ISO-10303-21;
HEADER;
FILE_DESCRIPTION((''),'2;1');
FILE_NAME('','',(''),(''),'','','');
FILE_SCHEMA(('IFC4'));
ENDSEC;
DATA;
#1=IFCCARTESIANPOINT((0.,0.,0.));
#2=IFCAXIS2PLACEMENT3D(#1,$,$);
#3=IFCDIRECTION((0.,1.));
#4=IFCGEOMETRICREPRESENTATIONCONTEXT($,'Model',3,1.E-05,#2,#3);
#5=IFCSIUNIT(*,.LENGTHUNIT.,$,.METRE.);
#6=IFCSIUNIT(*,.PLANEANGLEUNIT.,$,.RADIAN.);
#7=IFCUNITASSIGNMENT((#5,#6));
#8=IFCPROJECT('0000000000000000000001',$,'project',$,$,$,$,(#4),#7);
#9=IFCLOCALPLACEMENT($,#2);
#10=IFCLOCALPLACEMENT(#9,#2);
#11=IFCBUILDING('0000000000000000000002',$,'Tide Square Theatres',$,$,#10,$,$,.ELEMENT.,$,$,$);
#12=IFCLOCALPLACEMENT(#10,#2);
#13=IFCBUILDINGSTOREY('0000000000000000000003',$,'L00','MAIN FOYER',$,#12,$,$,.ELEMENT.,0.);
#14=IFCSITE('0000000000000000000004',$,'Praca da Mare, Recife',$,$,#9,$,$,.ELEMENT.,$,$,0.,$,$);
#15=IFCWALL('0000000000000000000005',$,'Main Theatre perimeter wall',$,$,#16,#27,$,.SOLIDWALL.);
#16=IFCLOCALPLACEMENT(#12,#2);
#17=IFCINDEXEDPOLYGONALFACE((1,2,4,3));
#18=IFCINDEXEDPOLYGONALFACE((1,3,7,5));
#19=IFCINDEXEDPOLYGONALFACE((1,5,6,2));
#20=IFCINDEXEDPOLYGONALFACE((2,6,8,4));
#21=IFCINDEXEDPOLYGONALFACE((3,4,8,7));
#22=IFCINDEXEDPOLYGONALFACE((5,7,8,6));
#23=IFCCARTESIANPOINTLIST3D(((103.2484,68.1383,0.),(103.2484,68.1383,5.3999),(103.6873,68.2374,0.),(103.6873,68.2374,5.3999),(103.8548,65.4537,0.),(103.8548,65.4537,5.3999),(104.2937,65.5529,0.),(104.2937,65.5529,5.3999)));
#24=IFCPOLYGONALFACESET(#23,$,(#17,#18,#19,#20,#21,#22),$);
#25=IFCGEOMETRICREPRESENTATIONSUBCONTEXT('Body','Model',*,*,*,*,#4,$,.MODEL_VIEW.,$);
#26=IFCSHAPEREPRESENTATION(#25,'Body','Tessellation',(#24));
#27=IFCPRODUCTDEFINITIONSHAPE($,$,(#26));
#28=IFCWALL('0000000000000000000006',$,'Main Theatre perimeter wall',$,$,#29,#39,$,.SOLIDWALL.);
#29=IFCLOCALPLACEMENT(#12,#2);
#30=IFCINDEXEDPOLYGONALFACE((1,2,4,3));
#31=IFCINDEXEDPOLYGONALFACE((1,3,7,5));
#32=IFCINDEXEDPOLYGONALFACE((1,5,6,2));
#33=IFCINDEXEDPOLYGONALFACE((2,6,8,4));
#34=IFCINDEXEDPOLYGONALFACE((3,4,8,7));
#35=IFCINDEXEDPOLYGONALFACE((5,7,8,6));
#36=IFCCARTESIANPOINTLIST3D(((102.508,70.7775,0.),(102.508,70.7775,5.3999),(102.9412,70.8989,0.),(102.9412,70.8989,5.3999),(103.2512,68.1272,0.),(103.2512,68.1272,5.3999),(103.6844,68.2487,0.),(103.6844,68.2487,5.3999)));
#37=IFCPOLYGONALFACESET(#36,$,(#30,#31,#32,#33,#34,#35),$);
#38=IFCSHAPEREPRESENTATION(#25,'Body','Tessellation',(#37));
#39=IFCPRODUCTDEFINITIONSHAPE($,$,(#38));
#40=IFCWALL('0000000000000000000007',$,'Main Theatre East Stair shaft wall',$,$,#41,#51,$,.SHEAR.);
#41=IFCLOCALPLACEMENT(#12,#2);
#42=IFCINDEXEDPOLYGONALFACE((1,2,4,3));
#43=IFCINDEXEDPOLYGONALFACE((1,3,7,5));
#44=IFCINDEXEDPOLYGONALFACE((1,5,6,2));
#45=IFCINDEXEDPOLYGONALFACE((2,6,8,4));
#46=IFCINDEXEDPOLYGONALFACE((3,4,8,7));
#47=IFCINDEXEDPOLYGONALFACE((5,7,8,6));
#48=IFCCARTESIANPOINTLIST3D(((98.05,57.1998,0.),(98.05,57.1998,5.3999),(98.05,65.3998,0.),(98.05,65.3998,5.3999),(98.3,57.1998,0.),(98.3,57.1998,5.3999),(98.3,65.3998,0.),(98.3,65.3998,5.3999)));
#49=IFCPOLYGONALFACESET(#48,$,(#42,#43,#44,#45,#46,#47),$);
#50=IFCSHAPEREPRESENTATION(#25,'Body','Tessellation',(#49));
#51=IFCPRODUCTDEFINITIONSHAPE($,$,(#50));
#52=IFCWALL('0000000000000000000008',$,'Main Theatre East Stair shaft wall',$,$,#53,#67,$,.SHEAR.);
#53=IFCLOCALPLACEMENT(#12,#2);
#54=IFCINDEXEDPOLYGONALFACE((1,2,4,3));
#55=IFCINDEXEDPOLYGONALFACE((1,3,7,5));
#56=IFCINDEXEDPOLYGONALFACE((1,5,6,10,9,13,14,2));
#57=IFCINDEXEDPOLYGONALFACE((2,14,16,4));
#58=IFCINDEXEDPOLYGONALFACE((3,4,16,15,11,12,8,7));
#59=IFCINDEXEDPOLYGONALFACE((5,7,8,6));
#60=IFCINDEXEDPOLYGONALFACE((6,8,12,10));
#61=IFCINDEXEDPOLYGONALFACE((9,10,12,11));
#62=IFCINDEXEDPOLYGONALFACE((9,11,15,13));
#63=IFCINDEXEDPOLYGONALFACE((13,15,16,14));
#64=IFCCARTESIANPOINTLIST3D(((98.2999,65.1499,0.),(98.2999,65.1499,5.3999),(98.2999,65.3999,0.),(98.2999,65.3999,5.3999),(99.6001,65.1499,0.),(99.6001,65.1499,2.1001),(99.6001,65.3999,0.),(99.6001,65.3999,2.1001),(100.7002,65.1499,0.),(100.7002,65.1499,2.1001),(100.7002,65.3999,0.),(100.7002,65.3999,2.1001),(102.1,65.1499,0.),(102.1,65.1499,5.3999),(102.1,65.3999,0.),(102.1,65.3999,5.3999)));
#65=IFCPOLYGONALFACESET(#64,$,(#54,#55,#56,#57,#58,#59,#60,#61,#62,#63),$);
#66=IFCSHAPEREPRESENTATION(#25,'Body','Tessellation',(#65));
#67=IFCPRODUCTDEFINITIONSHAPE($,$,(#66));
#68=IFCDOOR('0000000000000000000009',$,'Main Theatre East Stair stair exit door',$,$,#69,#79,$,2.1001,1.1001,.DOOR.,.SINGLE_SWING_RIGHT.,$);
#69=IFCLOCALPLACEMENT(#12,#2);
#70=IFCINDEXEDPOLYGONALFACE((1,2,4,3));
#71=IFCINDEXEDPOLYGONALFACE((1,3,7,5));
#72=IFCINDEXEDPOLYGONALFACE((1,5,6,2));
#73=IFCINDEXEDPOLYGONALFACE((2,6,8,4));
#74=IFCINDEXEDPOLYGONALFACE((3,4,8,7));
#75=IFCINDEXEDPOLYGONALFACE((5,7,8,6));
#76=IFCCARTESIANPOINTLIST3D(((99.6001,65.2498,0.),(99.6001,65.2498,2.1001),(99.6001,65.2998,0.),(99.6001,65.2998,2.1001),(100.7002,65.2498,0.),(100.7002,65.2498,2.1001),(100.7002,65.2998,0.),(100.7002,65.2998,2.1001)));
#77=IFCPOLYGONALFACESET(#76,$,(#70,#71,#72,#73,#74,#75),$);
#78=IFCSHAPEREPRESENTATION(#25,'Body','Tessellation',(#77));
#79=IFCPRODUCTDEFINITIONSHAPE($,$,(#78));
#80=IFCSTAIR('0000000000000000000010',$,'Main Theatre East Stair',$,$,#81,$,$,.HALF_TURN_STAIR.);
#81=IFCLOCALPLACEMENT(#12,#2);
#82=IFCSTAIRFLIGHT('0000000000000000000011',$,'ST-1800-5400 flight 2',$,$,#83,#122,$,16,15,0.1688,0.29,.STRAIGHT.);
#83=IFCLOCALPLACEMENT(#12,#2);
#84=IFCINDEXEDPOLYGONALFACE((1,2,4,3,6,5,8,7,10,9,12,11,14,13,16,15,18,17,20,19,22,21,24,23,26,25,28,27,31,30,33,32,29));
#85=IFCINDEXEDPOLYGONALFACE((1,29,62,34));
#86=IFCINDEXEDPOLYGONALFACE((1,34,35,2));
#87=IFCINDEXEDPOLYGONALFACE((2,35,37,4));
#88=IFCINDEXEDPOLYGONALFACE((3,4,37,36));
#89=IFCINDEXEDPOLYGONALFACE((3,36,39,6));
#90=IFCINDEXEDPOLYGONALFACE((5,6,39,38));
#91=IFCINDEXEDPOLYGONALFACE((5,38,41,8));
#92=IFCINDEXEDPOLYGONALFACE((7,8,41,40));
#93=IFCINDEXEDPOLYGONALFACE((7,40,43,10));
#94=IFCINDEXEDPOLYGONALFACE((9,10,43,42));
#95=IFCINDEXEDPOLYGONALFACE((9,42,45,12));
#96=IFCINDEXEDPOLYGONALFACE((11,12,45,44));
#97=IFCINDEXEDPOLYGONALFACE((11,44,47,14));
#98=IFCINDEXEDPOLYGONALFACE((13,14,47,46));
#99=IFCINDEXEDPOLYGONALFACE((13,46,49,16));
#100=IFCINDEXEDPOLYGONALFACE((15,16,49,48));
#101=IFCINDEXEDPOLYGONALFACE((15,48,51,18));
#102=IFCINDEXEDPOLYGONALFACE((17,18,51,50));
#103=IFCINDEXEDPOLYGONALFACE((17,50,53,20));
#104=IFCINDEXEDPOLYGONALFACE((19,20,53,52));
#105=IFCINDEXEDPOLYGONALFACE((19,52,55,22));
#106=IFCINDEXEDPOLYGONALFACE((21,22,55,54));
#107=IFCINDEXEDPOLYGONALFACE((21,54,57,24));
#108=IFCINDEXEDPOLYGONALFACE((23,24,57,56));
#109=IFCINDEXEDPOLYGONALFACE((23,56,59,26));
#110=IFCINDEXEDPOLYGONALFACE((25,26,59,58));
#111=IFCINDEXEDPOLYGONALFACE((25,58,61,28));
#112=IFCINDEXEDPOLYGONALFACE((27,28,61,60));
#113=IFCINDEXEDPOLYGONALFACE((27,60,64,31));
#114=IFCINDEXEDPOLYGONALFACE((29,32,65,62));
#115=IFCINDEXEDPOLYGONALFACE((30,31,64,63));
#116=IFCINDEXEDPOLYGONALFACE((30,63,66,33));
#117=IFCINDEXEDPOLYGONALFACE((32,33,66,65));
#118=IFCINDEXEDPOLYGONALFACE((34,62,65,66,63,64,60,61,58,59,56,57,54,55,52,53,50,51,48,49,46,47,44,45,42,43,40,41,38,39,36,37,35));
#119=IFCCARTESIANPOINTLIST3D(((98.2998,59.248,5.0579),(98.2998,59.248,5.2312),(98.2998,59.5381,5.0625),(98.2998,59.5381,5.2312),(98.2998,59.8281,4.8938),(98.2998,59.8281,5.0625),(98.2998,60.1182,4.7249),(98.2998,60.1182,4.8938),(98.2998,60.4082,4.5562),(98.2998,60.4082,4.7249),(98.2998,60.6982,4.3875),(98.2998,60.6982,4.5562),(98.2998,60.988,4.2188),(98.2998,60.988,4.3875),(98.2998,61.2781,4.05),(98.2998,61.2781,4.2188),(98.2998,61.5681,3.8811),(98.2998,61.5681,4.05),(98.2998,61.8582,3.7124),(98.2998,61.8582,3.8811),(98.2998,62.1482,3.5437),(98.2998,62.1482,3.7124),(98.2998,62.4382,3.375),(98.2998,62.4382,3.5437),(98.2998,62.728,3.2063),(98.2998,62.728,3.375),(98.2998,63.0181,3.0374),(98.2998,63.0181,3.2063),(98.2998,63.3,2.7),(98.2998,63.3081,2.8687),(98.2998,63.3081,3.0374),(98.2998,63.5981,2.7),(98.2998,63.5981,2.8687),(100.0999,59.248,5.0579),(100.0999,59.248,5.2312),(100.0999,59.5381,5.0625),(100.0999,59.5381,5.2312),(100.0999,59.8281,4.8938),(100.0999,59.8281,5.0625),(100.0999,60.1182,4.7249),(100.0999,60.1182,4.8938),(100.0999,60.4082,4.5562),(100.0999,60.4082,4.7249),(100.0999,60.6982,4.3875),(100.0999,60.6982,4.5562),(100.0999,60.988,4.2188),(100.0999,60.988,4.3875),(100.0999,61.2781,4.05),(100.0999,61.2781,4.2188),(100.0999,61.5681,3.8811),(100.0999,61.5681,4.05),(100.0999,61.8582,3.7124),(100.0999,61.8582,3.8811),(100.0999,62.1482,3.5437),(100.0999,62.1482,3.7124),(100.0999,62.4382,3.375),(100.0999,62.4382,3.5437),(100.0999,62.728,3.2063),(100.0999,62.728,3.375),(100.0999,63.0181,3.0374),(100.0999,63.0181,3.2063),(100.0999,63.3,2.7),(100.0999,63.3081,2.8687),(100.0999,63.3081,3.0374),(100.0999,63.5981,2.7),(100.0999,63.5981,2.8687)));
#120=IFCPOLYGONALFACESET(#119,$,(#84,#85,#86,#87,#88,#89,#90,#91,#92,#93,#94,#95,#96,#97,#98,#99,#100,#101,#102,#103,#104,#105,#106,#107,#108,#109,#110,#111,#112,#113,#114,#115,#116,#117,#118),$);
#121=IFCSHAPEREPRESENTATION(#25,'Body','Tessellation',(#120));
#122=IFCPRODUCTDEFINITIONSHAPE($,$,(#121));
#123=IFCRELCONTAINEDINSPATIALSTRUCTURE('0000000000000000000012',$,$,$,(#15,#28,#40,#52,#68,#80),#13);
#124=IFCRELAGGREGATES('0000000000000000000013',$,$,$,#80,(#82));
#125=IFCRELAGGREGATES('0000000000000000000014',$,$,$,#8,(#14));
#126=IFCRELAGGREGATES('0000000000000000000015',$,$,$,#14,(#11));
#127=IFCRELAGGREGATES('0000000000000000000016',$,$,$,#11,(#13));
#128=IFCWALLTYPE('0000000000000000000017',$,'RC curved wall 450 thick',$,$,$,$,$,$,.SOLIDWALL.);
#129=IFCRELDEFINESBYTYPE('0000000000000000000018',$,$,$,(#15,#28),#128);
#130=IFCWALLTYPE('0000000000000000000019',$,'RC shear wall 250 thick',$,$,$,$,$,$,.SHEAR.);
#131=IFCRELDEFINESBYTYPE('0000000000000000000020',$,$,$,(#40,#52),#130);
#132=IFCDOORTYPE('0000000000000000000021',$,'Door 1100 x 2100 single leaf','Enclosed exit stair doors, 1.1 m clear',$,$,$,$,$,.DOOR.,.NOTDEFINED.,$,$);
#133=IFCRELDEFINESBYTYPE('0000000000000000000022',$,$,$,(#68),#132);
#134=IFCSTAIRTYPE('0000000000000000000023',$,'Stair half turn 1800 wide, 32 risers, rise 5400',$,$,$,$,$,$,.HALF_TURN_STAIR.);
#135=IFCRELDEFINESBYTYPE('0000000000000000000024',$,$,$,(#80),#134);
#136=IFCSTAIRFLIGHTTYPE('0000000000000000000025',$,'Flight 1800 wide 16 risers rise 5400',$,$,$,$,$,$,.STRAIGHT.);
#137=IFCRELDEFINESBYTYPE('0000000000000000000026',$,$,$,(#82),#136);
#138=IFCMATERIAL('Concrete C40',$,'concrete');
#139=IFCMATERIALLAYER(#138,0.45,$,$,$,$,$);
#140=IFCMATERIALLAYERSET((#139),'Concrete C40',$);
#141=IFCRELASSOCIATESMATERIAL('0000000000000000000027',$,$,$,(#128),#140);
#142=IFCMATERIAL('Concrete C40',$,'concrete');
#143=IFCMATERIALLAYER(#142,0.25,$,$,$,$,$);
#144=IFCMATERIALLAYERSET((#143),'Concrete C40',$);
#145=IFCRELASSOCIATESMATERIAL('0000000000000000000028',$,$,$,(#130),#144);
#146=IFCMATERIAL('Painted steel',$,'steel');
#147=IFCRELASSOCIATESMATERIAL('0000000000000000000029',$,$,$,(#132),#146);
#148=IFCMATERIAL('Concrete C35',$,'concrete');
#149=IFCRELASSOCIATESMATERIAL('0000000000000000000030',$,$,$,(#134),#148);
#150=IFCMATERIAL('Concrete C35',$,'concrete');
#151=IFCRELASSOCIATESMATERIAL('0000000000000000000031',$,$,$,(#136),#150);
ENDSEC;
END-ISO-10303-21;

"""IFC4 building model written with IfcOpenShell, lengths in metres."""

from ifc_helpers import new_model, si_unit, direction, frame, frame_2d, origin, place, context, subcontext, project, spatial, polyline, rectangle, outline, extrude, material, layer, layer_set, type_object, element, fill, aggregate, save


model = new_model("IFC4")

# Units and contexts
model_context = context("Model", 3, precision=1e-05, world=origin(), true_north=direction((0.0, 1.0)))
body_context = subcontext(model_context, "Body", "Model", "MODEL_VIEW")
ifc_project = project(units=[si_unit("LENGTHUNIT", "METRE"), si_unit("PLANEANGLEUNIT", "RADIAN")], contexts=[model_context])

# Site, building, storey
site_placement = place(None, origin())
site = spatial("IfcSite", under=ifc_project, at=site_placement, Name="Praca da Mare, Recife", CompositionType="ELEMENT", RefElevation=0.0)
building_placement = place(site_placement, origin())
building = spatial("IfcBuilding", under=site, at=building_placement, Name="Tide Square Theatres", CompositionType="ELEMENT")
storey_placement = place(building_placement, origin())
storey = spatial("IfcBuildingStorey", under=building, at=storey_placement, Name="L00", Description="MAIN FOYER", CompositionType="ELEMENT", Elevation=0.0)

# Walls
ifc_material_1 = material(Name="Concrete C40", Category="concrete")
ifc_layer_1 = layer(ifc_material_1, 0.45)
ifc_layer_set_1 = layer_set([ifc_layer_1], Name="Concrete C40")
wall_type_1 = type_object("IfcWallType", Name="RC curved wall 450 thick", PredefinedType="SOLIDWALL", material=ifc_layer_set_1)
wall_1_placement = place(storey_placement, frame((104.0742, 65.5034, 0.0), z_axis=(0.0, 0.0, 1.0), x_axis=(-0.220348, 0.975421, 0.0)))
element("IfcWall", 1, at=wall_1_placement, inside=storey, type_object=wall_type_1, Name="Main Theatre perimeter wall", PredefinedType="SOLIDWALL", context=body_context, shape_type="SweptSolid", body=[
    extrude(rectangle(XDim=2.7522, YDim=0.45, at=frame_2d((1.376, 0.0))), origin(), (0.0, 0.0, 1.0), 5.3999),
])
wall_2_placement = place(storey_placement, frame((103.4678, 68.188, 0.0), z_axis=(0.0, 0.0, 1.0), x_axis=(-0.270008, 0.962858, 0.0)))
element("IfcWall", 2, at=wall_2_placement, inside=storey, type_object=wall_type_1, Name="Main Theatre perimeter wall", PredefinedType="SOLIDWALL", context=body_context, shape_type="SweptSolid", body=[
    extrude(rectangle(XDim=2.7524, YDim=0.45, at=frame_2d((1.3762, 0.0))), origin(), (0.0, 0.0, 1.0), 5.3999),
])
ifc_material_2 = material(Name="Concrete C40", Category="concrete")
ifc_layer_2 = layer(ifc_material_2, 0.25)
ifc_layer_set_2 = layer_set([ifc_layer_2], Name="Concrete C40")
wall_type_2 = type_object("IfcWallType", Name="RC shear wall 250 thick", PredefinedType="SHEAR", material=ifc_layer_set_2)
wall_3_placement = place(storey_placement, frame((98.175, 65.3999, 0.0), z_axis=(0.0, 0.0, 1.0), x_axis=(0.0, -1.0, 0.0)))
element("IfcWall", 3, at=wall_3_placement, inside=storey, type_object=wall_type_2, Name="Main Theatre East Stair shaft wall", PredefinedType="SHEAR", context=body_context, shape_type="SweptSolid", body=[
    extrude(rectangle(XDim=8.2, YDim=0.25, at=frame_2d((4.1001, 0.0))), origin(), (0.0, 0.0, 1.0), 5.3999),
])

# Wall, opening, door
wall_4_placement = place(storey_placement, frame((98.3, 65.2749, 0.0), z_axis=(0.0, 0.0, 1.0), x_axis=(1.0, 0.0, 0.0)))
wall_4 = element("IfcWall", 4, at=wall_4_placement, inside=storey, type_object=wall_type_2, Name="Main Theatre East Stair shaft wall", PredefinedType="SHEAR", context=body_context, shape_type="SweptSolid", body=[
    extrude(rectangle(XDim=3.8, YDim=0.25, at=frame_2d((1.8999, 0.0))), origin(), (0.0, 0.0, 1.0), 5.3999),
])
opening_1_placement = place(wall_4_placement, frame((1.3, 0.0, 0.0)))
opening_1 = element("IfcOpeningElement", 5, at=opening_1_placement, cuts=wall_4, PredefinedType="OPENING", context=body_context, shape_type="SweptSolid", body=[
    extrude(rectangle(XDim=1.1001, YDim=2.1001, at=frame_2d((0.55, 1.05))), frame((0.0, 0.135, 0.0), z_axis=(0.0, -1.0, 0.0), x_axis=(1.0, 0.0, 0.0)), (0.0, 0.0, 1.0), 0.27),
])
ifc_material_3 = material(Name="Painted steel", Category="steel")
door_type_1 = type_object("IfcDoorType", Name="Door 1100 x 2100 single leaf", Description="Enclosed exit stair doors, 1.1 m clear", OperationType="NOTDEFINED", PredefinedType="DOOR", material=ifc_material_3)
door_1_placement = place(opening_1_placement, origin())
door_1 = element("IfcDoor", 6, at=door_1_placement, inside=storey, type_object=door_type_1, Name="Main Theatre East Stair stair exit door", OperationType="SINGLE_SWING_RIGHT", OverallHeight=2.1001, OverallWidth=1.1001, PredefinedType="DOOR", context=body_context, shape_type="SweptSolid", body=[
    extrude(rectangle(XDim=1.1001, YDim=2.1001, at=frame_2d((0.55, 1.05))), frame((0.0, 0.0249, 0.0), z_axis=(0.0, -1.0, 0.0), x_axis=(1.0, 0.0, 0.0)), (0.0, 0.0, 1.0), 0.05),
])
fill(opening_1, door_1)

# Stair, stair flight
ifc_material_4 = material(Name="Concrete C35", Category="concrete")
stair_type = type_object("IfcStairType", Name="Stair half turn 1800 wide, 32 risers, rise 5400", PredefinedType="HALF_TURN_STAIR", material=ifc_material_4)
stair_placement = place(storey_placement, origin())
stair = element("IfcStair", 7, at=stair_placement, inside=storey, type_object=stair_type, Name="Main Theatre East Stair", PredefinedType="HALF_TURN_STAIR")
ifc_material_5 = material(Name="Concrete C35", Category="concrete")
stair_flight_type = type_object("IfcStairFlightType", Name="Flight 1800 wide 16 risers rise 5400", PredefinedType="STRAIGHT", material=ifc_material_5)
stair_flight_placement = place(storey_placement, frame((99.2, 63.5981, 2.7), z_axis=(0.0, 0.0, 1.0), x_axis=(0.0, -1.0, 0.0)))
stair_flight = element("IfcStairFlight", 8, at=stair_flight_placement, type_object=stair_flight_type, Name="ST-1800-5400 flight 2", NumberOfRisers=16, NumberOfTreads=15, PredefinedType="STRAIGHT", RiserHeight=0.1688, TreadLength=0.29, context=body_context, shape_type="SweptSolid", body=[
    extrude(outline(polyline([(0.0, 0.0), (0.0, 0.1687), (0.29, 0.1687), (0.29, 0.3374), (0.5801, 0.3374), (0.5801, 0.5063), (0.8701, 0.5063), (0.8701, 0.675), (1.1599, 0.675), (1.1599, 0.8438), (1.45, 0.8438), (1.45, 1.0125), (1.74, 1.0125), (1.74, 1.1812), (2.03, 1.1812), (2.03, 1.3501), (2.3201, 1.3501), (2.3201, 1.5188), (2.6101, 1.5188), (2.6101, 1.6875), (2.8999, 1.6875), (2.8999, 1.8562), (3.1899, 1.8562), (3.1899, 2.0249), (3.48, 2.0249), (3.48, 2.1938), (3.77, 2.1938), (3.77, 2.3625), (4.0601, 2.3625), (4.0601, 2.5312), (4.3501, 2.5312), (4.3501, 2.7), (4.3501, 2.3579), (0.2981, 0.0), (0.0, 0.0)])), frame((0.0, 0.8999, 0.0), z_axis=(0.0, -1.0, 0.0), x_axis=(1.0, 0.0, 0.0)), (0.0, 0.0, 1.0), 1.8),
])
aggregate(stair, [stair_flight])

save(model, "model.ifc")
